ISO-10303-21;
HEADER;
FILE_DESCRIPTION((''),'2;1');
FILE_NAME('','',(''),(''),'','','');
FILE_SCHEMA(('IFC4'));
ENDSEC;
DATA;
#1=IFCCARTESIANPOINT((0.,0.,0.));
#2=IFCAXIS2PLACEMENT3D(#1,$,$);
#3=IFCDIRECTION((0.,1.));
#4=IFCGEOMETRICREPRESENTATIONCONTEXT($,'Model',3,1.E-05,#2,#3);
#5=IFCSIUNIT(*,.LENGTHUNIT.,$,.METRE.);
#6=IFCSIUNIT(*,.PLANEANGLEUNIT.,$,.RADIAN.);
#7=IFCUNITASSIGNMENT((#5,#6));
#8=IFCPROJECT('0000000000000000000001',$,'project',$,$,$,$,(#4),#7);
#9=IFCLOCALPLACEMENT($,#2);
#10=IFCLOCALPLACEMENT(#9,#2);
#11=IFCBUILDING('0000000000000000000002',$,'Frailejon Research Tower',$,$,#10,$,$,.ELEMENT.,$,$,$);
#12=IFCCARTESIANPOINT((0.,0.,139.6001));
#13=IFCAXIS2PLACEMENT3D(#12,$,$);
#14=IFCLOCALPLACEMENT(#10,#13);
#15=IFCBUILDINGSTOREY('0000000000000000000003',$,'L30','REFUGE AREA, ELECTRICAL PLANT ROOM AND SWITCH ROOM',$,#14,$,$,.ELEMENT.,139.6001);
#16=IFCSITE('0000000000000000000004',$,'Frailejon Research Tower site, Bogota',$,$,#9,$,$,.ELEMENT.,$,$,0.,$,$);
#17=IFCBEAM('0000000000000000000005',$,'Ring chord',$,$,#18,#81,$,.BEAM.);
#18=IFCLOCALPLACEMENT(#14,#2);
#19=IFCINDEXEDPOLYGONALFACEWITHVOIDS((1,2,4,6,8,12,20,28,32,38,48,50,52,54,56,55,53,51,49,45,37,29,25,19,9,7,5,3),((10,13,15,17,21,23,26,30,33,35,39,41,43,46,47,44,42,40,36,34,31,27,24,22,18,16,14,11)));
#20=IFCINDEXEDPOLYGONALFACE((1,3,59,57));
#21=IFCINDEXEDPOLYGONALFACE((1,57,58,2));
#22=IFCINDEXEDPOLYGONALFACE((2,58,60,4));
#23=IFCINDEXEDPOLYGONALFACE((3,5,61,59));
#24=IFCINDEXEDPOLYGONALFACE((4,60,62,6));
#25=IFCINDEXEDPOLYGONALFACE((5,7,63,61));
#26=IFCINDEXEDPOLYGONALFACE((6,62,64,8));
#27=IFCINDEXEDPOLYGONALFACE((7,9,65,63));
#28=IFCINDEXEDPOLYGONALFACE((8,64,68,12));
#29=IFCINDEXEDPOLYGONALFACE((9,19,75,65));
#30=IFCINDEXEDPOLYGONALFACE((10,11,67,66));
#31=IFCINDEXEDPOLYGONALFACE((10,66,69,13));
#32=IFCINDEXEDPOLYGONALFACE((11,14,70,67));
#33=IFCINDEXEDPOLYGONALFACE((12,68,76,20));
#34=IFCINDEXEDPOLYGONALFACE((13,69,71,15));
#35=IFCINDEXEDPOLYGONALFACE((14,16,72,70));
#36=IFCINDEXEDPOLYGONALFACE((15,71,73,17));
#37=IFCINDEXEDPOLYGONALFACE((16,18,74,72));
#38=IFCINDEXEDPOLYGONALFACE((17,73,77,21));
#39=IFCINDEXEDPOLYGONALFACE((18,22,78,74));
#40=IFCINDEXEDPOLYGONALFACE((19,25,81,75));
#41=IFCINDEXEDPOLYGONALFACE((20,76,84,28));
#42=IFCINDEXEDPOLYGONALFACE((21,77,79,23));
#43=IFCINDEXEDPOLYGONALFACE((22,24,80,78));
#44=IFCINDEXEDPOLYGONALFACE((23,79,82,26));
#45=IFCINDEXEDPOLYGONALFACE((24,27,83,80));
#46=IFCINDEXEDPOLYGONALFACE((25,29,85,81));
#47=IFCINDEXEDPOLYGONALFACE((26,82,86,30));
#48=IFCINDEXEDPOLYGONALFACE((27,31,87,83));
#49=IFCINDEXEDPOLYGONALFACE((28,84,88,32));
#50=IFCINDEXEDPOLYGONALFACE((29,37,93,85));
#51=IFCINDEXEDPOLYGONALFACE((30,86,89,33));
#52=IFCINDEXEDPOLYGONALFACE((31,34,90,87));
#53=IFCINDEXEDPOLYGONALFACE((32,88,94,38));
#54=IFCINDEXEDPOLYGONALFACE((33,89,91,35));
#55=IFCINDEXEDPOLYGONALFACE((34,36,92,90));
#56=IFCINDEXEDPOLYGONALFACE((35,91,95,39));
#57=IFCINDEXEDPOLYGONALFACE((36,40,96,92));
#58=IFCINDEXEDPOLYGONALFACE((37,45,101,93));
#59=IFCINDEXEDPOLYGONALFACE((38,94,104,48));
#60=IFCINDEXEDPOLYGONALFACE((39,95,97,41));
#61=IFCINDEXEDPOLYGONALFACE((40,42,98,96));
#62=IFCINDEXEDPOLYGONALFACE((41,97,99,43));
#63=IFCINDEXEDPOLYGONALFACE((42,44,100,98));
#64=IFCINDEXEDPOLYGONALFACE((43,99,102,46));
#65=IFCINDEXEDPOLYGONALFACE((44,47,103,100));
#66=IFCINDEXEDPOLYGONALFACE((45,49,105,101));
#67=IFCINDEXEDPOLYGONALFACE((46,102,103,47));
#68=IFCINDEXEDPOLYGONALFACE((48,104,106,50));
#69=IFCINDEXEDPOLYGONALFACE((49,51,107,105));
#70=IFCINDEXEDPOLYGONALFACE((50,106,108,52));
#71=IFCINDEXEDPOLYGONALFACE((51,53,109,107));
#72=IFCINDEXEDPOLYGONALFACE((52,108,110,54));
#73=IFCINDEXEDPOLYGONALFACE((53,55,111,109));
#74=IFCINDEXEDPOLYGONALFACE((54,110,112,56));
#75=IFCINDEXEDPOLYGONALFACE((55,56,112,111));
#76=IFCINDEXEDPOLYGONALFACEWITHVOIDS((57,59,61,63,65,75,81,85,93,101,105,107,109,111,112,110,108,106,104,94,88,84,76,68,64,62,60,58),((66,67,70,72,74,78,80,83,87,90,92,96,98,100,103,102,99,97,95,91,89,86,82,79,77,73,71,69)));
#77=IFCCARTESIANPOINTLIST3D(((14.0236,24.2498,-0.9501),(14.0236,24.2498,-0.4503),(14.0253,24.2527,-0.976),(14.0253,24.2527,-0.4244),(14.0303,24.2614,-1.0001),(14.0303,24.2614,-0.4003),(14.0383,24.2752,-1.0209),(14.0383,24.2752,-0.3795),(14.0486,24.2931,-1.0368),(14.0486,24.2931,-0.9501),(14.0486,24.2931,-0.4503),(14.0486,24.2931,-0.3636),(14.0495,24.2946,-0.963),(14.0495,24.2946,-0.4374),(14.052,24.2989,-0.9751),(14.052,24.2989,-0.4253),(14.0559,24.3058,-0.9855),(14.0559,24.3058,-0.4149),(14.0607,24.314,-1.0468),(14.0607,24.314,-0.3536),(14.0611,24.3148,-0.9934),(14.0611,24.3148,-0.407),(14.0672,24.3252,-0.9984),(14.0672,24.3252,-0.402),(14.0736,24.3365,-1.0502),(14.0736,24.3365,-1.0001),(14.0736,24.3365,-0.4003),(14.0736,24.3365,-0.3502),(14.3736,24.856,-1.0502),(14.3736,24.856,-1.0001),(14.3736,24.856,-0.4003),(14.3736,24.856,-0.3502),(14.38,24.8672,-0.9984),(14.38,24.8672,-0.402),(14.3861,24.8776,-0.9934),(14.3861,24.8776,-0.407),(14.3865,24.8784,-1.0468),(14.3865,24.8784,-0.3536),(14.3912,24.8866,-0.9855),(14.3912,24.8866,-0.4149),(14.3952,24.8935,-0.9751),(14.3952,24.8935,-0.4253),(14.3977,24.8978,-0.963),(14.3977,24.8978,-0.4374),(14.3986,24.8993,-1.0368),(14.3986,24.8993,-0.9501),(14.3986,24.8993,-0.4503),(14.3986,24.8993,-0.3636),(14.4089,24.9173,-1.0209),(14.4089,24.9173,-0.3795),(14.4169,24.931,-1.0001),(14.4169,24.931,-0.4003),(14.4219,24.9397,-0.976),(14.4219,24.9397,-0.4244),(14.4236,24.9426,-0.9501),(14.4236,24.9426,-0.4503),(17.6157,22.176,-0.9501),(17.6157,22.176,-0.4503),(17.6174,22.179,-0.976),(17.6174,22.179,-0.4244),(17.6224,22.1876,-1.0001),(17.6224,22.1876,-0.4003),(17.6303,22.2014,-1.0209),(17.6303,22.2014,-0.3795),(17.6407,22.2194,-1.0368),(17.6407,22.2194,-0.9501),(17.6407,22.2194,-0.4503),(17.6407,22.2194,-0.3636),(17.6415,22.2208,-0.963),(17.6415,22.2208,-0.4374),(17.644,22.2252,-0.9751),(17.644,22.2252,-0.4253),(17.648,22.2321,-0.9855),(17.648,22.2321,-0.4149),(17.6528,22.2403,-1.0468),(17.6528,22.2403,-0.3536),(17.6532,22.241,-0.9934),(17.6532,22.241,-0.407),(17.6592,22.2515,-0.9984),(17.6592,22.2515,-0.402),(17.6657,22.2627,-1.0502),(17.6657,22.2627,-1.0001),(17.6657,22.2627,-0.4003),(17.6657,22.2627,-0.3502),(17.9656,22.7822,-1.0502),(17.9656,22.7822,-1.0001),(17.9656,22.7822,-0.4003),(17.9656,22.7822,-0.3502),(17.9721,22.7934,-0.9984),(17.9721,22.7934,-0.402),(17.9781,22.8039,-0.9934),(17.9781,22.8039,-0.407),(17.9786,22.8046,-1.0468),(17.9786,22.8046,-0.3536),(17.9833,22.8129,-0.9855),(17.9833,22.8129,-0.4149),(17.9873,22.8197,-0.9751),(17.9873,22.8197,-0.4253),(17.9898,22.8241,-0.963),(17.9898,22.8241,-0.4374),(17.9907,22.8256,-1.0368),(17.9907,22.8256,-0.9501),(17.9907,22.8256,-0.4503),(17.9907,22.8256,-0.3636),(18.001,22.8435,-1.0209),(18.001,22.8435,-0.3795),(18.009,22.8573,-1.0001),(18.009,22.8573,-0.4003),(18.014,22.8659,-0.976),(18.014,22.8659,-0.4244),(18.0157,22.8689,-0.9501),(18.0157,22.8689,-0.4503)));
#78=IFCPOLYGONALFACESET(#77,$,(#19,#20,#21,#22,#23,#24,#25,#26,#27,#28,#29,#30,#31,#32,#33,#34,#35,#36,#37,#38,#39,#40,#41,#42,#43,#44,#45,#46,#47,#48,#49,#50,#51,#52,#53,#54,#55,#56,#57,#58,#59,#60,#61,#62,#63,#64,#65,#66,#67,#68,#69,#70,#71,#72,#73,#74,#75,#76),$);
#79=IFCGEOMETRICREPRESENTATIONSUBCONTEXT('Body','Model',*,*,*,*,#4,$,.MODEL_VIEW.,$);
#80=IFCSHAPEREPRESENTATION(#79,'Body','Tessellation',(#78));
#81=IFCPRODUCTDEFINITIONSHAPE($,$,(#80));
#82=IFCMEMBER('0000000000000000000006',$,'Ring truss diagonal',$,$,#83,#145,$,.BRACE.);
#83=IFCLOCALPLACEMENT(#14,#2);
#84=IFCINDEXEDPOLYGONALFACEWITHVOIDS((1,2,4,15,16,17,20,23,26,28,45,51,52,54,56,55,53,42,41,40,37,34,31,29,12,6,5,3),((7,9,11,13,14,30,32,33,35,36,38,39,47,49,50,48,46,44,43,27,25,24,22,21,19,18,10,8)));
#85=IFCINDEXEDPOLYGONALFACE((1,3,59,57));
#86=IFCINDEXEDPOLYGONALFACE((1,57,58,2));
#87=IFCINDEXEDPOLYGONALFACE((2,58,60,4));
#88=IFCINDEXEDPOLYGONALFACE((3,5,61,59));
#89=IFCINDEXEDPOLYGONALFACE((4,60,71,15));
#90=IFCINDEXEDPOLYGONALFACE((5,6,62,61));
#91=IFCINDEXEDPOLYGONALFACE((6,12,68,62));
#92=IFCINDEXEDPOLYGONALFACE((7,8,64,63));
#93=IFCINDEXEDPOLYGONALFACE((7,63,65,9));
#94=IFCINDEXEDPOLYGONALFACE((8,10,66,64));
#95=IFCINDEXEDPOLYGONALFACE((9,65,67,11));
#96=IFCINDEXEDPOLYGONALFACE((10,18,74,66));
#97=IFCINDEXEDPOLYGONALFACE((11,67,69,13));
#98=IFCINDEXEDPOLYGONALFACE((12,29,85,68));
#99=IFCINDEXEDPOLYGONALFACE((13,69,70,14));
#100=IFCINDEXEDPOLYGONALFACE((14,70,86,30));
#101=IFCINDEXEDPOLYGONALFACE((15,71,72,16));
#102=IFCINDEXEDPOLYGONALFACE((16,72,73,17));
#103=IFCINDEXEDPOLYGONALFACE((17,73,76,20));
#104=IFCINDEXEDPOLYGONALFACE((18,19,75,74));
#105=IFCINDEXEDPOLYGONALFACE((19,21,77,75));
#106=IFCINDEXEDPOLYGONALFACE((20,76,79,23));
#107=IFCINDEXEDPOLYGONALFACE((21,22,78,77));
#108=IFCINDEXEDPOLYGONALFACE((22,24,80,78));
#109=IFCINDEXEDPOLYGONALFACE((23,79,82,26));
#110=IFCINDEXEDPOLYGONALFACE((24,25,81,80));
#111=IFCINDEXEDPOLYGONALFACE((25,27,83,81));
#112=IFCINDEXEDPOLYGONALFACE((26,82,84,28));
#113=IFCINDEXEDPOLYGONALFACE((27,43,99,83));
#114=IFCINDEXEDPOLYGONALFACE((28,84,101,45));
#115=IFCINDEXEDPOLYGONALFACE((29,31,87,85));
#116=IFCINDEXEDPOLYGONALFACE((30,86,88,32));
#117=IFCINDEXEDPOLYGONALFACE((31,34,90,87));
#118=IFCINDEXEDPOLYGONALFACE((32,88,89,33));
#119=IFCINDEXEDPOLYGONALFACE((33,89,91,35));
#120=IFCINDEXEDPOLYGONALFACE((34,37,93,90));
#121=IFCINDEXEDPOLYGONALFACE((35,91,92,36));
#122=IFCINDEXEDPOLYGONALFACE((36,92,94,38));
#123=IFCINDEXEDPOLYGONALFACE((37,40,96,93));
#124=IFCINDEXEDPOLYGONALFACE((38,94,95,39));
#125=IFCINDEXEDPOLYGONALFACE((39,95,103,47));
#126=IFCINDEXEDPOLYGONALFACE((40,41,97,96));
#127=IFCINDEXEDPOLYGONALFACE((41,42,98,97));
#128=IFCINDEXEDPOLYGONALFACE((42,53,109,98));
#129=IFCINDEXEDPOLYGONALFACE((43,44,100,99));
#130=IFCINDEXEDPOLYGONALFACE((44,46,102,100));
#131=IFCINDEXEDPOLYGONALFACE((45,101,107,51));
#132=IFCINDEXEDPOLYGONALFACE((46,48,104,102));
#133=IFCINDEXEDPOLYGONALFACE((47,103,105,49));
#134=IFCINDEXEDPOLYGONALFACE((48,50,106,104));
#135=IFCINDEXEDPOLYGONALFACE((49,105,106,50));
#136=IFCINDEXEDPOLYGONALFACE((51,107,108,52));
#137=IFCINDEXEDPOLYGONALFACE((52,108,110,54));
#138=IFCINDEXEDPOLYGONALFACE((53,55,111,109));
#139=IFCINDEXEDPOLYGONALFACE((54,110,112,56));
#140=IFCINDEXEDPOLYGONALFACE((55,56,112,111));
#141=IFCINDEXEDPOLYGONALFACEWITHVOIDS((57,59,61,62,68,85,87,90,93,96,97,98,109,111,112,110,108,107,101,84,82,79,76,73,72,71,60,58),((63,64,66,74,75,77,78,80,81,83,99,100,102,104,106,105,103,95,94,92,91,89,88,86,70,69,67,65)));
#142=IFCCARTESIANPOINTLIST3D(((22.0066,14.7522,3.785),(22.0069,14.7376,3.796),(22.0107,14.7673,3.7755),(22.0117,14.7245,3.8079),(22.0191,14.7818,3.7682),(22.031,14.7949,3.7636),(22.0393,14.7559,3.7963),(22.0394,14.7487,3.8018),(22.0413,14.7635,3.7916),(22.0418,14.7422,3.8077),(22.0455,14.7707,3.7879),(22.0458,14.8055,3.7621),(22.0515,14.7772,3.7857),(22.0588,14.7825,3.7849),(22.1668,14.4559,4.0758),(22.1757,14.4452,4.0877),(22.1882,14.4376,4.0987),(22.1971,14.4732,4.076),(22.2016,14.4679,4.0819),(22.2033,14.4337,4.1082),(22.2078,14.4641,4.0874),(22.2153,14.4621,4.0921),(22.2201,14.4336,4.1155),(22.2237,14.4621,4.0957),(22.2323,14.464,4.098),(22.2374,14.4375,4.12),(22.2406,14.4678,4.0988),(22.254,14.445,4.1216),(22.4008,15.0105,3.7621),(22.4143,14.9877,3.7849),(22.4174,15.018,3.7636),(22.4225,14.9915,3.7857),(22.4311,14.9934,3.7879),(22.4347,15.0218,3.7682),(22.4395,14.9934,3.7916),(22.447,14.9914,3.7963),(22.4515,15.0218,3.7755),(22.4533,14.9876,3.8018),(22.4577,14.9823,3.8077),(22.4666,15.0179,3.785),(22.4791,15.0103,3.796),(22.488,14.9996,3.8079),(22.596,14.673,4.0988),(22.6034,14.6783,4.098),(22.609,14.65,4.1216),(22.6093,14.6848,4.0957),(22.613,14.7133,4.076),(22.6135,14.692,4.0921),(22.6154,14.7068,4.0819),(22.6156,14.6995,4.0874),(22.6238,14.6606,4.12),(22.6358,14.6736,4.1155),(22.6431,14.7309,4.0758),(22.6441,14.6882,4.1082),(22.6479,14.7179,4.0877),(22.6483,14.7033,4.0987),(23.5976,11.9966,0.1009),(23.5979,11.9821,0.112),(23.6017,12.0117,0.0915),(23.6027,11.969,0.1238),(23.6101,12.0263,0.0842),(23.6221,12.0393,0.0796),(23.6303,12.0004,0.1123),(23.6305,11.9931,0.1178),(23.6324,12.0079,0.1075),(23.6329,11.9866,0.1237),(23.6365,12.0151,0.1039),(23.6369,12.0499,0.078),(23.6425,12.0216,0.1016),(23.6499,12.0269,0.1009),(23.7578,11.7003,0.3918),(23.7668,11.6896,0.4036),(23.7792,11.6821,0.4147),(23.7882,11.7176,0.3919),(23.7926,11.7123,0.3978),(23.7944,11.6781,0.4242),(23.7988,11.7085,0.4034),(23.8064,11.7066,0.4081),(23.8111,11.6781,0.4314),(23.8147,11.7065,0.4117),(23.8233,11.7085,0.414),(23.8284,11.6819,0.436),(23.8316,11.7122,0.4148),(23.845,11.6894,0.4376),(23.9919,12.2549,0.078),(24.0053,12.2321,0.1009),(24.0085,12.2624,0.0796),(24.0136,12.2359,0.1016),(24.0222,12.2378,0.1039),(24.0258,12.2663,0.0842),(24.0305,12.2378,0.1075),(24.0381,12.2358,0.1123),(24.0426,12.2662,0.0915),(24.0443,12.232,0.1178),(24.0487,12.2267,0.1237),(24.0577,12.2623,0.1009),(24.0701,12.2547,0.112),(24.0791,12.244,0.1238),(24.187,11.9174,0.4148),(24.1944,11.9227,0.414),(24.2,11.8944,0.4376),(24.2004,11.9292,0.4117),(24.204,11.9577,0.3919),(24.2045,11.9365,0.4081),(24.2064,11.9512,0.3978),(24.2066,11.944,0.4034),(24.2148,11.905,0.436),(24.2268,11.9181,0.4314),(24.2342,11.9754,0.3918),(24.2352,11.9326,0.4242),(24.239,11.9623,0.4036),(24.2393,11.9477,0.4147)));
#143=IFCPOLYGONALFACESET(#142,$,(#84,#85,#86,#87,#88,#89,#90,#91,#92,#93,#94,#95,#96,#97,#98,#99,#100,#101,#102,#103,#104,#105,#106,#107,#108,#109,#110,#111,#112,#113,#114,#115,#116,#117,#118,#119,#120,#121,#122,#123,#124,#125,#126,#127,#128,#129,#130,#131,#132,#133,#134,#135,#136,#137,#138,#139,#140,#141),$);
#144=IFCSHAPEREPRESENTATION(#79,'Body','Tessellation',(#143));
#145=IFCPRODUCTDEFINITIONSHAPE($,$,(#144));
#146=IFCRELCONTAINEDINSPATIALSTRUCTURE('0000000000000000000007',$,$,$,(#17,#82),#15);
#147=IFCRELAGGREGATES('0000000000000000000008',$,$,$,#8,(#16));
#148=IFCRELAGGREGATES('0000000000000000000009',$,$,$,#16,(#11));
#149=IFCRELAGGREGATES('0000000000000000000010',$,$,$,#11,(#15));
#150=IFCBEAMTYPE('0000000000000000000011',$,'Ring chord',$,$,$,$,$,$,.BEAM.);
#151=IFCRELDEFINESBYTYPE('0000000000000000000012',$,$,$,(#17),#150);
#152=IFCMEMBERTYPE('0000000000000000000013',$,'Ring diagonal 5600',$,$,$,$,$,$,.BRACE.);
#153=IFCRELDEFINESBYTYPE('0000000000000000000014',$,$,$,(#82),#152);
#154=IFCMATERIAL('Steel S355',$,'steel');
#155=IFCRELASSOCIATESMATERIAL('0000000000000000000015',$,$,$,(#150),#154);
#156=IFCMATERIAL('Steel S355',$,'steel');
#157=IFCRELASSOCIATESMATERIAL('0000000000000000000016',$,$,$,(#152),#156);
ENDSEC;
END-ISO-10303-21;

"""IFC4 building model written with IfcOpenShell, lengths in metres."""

from ifc_helpers import new_model, si_unit, direction, frame, origin, origin_2d, place, context, subcontext, project, spatial, hollow_rectangle, extrude, material, material_profile, profile_set, type_object, element, save


model = new_model("IFC4")

# Units and contexts
model_context = context("Model", 3, precision=1e-05, world=origin(), true_north=direction((0.0, 1.0)))
body_context = subcontext(model_context, "Body", "Model", "MODEL_VIEW")
ifc_project = project(units=[si_unit("LENGTHUNIT", "METRE"), si_unit("PLANEANGLEUNIT", "RADIAN")], contexts=[model_context])

# Site, building, storey
site_placement = place(None, origin())
site = spatial("IfcSite", under=ifc_project, at=site_placement, Name="Frailejon Research Tower site, Bogota", CompositionType="ELEMENT", RefElevation=0.0)
building_placement = place(site_placement, origin())
building = spatial("IfcBuilding", under=site, at=building_placement, Name="Frailejon Research Tower", CompositionType="ELEMENT")
storey_placement = place(building_placement, frame((0.0, 0.0, 139.6001)))
storey = spatial("IfcBuildingStorey", under=building, at=storey_placement, Name="L30", Description="REFUGE AREA, ELECTRICAL PLANT ROOM AND SWITCH ROOM", CompositionType="ELEMENT", Elevation=139.6001)

# Beam
ifc_material_1 = material(Name="Steel S355", Category="steel")
ifc_material_profile_1 = material_profile(ifc_material_1, hollow_rectangle(XDim=0.8, YDim=0.7, WallThickness=0.05, InnerFilletRadius=0.05, OuterFilletRadius=0.1001, at=origin_2d()), Name="Ring chord")
ifc_profile_set_1 = profile_set([ifc_material_profile_1], Name="Steel S355")
beam_type_1 = type_object("IfcBeamType", Name="Ring chord", PredefinedType="BEAM", material=ifc_profile_set_1)
beam_1_placement = place(storey_placement, frame((17.8157, 22.5225, -0.7002), z_axis=(-0.86604, 0.499976, 0.0), x_axis=(-0.499976, -0.86604, 0.0)))
element("IfcBeam", 1, at=beam_1_placement, inside=storey, type_object=beam_type_1, Name="Ring chord", PredefinedType="BEAM", context=body_context, shape_type="SweptSolid", body=[
    extrude(hollow_rectangle(XDim=0.8, YDim=0.7, WallThickness=0.05, InnerFilletRadius=0.05, OuterFilletRadius=0.1001, at=origin_2d()), origin(), (0.0, 0.0, 1.0), 4.1477),
])

# Member
ifc_material_2 = material(Name="Steel S355", Category="steel")
ifc_material_profile_2 = material_profile(ifc_material_2, hollow_rectangle(XDim=0.55, YDim=0.55, WallThickness=0.0349, InnerFilletRadius=0.0349, OuterFilletRadius=0.0701, at=origin_2d()), Name="Ring diagonal 5600")
ifc_profile_set_2 = profile_set([ifc_material_profile_2], Name="Steel S355")
member_type = type_object("IfcMemberType", Name="Ring diagonal 5600", PredefinedType="BRACE", material=ifc_profile_set_2)
for number, where, z_axis, x_axis, name in (
    (2, (23.9185, 11.9722, 0.2578), (-0.326842, 0.566068, 0.756797), (-0.866011, -0.500026, 0.0), "Ring truss diagonal"),
):
    element("IfcMember", number, at=place(storey_placement, frame(where, z_axis=z_axis, x_axis=x_axis)), inside=storey, type_object=member_type, Name=name, PredefinedType="BRACE", context=body_context, shape_type="SweptSolid", body=[
        extrude(hollow_rectangle(XDim=0.55, YDim=0.55, WallThickness=0.0349, InnerFilletRadius=0.0349, OuterFilletRadius=0.0701, at=origin_2d()), origin(), (0.0, 0.0, 1.0), 4.8679),
    ])

save(model, "model.ifc")
